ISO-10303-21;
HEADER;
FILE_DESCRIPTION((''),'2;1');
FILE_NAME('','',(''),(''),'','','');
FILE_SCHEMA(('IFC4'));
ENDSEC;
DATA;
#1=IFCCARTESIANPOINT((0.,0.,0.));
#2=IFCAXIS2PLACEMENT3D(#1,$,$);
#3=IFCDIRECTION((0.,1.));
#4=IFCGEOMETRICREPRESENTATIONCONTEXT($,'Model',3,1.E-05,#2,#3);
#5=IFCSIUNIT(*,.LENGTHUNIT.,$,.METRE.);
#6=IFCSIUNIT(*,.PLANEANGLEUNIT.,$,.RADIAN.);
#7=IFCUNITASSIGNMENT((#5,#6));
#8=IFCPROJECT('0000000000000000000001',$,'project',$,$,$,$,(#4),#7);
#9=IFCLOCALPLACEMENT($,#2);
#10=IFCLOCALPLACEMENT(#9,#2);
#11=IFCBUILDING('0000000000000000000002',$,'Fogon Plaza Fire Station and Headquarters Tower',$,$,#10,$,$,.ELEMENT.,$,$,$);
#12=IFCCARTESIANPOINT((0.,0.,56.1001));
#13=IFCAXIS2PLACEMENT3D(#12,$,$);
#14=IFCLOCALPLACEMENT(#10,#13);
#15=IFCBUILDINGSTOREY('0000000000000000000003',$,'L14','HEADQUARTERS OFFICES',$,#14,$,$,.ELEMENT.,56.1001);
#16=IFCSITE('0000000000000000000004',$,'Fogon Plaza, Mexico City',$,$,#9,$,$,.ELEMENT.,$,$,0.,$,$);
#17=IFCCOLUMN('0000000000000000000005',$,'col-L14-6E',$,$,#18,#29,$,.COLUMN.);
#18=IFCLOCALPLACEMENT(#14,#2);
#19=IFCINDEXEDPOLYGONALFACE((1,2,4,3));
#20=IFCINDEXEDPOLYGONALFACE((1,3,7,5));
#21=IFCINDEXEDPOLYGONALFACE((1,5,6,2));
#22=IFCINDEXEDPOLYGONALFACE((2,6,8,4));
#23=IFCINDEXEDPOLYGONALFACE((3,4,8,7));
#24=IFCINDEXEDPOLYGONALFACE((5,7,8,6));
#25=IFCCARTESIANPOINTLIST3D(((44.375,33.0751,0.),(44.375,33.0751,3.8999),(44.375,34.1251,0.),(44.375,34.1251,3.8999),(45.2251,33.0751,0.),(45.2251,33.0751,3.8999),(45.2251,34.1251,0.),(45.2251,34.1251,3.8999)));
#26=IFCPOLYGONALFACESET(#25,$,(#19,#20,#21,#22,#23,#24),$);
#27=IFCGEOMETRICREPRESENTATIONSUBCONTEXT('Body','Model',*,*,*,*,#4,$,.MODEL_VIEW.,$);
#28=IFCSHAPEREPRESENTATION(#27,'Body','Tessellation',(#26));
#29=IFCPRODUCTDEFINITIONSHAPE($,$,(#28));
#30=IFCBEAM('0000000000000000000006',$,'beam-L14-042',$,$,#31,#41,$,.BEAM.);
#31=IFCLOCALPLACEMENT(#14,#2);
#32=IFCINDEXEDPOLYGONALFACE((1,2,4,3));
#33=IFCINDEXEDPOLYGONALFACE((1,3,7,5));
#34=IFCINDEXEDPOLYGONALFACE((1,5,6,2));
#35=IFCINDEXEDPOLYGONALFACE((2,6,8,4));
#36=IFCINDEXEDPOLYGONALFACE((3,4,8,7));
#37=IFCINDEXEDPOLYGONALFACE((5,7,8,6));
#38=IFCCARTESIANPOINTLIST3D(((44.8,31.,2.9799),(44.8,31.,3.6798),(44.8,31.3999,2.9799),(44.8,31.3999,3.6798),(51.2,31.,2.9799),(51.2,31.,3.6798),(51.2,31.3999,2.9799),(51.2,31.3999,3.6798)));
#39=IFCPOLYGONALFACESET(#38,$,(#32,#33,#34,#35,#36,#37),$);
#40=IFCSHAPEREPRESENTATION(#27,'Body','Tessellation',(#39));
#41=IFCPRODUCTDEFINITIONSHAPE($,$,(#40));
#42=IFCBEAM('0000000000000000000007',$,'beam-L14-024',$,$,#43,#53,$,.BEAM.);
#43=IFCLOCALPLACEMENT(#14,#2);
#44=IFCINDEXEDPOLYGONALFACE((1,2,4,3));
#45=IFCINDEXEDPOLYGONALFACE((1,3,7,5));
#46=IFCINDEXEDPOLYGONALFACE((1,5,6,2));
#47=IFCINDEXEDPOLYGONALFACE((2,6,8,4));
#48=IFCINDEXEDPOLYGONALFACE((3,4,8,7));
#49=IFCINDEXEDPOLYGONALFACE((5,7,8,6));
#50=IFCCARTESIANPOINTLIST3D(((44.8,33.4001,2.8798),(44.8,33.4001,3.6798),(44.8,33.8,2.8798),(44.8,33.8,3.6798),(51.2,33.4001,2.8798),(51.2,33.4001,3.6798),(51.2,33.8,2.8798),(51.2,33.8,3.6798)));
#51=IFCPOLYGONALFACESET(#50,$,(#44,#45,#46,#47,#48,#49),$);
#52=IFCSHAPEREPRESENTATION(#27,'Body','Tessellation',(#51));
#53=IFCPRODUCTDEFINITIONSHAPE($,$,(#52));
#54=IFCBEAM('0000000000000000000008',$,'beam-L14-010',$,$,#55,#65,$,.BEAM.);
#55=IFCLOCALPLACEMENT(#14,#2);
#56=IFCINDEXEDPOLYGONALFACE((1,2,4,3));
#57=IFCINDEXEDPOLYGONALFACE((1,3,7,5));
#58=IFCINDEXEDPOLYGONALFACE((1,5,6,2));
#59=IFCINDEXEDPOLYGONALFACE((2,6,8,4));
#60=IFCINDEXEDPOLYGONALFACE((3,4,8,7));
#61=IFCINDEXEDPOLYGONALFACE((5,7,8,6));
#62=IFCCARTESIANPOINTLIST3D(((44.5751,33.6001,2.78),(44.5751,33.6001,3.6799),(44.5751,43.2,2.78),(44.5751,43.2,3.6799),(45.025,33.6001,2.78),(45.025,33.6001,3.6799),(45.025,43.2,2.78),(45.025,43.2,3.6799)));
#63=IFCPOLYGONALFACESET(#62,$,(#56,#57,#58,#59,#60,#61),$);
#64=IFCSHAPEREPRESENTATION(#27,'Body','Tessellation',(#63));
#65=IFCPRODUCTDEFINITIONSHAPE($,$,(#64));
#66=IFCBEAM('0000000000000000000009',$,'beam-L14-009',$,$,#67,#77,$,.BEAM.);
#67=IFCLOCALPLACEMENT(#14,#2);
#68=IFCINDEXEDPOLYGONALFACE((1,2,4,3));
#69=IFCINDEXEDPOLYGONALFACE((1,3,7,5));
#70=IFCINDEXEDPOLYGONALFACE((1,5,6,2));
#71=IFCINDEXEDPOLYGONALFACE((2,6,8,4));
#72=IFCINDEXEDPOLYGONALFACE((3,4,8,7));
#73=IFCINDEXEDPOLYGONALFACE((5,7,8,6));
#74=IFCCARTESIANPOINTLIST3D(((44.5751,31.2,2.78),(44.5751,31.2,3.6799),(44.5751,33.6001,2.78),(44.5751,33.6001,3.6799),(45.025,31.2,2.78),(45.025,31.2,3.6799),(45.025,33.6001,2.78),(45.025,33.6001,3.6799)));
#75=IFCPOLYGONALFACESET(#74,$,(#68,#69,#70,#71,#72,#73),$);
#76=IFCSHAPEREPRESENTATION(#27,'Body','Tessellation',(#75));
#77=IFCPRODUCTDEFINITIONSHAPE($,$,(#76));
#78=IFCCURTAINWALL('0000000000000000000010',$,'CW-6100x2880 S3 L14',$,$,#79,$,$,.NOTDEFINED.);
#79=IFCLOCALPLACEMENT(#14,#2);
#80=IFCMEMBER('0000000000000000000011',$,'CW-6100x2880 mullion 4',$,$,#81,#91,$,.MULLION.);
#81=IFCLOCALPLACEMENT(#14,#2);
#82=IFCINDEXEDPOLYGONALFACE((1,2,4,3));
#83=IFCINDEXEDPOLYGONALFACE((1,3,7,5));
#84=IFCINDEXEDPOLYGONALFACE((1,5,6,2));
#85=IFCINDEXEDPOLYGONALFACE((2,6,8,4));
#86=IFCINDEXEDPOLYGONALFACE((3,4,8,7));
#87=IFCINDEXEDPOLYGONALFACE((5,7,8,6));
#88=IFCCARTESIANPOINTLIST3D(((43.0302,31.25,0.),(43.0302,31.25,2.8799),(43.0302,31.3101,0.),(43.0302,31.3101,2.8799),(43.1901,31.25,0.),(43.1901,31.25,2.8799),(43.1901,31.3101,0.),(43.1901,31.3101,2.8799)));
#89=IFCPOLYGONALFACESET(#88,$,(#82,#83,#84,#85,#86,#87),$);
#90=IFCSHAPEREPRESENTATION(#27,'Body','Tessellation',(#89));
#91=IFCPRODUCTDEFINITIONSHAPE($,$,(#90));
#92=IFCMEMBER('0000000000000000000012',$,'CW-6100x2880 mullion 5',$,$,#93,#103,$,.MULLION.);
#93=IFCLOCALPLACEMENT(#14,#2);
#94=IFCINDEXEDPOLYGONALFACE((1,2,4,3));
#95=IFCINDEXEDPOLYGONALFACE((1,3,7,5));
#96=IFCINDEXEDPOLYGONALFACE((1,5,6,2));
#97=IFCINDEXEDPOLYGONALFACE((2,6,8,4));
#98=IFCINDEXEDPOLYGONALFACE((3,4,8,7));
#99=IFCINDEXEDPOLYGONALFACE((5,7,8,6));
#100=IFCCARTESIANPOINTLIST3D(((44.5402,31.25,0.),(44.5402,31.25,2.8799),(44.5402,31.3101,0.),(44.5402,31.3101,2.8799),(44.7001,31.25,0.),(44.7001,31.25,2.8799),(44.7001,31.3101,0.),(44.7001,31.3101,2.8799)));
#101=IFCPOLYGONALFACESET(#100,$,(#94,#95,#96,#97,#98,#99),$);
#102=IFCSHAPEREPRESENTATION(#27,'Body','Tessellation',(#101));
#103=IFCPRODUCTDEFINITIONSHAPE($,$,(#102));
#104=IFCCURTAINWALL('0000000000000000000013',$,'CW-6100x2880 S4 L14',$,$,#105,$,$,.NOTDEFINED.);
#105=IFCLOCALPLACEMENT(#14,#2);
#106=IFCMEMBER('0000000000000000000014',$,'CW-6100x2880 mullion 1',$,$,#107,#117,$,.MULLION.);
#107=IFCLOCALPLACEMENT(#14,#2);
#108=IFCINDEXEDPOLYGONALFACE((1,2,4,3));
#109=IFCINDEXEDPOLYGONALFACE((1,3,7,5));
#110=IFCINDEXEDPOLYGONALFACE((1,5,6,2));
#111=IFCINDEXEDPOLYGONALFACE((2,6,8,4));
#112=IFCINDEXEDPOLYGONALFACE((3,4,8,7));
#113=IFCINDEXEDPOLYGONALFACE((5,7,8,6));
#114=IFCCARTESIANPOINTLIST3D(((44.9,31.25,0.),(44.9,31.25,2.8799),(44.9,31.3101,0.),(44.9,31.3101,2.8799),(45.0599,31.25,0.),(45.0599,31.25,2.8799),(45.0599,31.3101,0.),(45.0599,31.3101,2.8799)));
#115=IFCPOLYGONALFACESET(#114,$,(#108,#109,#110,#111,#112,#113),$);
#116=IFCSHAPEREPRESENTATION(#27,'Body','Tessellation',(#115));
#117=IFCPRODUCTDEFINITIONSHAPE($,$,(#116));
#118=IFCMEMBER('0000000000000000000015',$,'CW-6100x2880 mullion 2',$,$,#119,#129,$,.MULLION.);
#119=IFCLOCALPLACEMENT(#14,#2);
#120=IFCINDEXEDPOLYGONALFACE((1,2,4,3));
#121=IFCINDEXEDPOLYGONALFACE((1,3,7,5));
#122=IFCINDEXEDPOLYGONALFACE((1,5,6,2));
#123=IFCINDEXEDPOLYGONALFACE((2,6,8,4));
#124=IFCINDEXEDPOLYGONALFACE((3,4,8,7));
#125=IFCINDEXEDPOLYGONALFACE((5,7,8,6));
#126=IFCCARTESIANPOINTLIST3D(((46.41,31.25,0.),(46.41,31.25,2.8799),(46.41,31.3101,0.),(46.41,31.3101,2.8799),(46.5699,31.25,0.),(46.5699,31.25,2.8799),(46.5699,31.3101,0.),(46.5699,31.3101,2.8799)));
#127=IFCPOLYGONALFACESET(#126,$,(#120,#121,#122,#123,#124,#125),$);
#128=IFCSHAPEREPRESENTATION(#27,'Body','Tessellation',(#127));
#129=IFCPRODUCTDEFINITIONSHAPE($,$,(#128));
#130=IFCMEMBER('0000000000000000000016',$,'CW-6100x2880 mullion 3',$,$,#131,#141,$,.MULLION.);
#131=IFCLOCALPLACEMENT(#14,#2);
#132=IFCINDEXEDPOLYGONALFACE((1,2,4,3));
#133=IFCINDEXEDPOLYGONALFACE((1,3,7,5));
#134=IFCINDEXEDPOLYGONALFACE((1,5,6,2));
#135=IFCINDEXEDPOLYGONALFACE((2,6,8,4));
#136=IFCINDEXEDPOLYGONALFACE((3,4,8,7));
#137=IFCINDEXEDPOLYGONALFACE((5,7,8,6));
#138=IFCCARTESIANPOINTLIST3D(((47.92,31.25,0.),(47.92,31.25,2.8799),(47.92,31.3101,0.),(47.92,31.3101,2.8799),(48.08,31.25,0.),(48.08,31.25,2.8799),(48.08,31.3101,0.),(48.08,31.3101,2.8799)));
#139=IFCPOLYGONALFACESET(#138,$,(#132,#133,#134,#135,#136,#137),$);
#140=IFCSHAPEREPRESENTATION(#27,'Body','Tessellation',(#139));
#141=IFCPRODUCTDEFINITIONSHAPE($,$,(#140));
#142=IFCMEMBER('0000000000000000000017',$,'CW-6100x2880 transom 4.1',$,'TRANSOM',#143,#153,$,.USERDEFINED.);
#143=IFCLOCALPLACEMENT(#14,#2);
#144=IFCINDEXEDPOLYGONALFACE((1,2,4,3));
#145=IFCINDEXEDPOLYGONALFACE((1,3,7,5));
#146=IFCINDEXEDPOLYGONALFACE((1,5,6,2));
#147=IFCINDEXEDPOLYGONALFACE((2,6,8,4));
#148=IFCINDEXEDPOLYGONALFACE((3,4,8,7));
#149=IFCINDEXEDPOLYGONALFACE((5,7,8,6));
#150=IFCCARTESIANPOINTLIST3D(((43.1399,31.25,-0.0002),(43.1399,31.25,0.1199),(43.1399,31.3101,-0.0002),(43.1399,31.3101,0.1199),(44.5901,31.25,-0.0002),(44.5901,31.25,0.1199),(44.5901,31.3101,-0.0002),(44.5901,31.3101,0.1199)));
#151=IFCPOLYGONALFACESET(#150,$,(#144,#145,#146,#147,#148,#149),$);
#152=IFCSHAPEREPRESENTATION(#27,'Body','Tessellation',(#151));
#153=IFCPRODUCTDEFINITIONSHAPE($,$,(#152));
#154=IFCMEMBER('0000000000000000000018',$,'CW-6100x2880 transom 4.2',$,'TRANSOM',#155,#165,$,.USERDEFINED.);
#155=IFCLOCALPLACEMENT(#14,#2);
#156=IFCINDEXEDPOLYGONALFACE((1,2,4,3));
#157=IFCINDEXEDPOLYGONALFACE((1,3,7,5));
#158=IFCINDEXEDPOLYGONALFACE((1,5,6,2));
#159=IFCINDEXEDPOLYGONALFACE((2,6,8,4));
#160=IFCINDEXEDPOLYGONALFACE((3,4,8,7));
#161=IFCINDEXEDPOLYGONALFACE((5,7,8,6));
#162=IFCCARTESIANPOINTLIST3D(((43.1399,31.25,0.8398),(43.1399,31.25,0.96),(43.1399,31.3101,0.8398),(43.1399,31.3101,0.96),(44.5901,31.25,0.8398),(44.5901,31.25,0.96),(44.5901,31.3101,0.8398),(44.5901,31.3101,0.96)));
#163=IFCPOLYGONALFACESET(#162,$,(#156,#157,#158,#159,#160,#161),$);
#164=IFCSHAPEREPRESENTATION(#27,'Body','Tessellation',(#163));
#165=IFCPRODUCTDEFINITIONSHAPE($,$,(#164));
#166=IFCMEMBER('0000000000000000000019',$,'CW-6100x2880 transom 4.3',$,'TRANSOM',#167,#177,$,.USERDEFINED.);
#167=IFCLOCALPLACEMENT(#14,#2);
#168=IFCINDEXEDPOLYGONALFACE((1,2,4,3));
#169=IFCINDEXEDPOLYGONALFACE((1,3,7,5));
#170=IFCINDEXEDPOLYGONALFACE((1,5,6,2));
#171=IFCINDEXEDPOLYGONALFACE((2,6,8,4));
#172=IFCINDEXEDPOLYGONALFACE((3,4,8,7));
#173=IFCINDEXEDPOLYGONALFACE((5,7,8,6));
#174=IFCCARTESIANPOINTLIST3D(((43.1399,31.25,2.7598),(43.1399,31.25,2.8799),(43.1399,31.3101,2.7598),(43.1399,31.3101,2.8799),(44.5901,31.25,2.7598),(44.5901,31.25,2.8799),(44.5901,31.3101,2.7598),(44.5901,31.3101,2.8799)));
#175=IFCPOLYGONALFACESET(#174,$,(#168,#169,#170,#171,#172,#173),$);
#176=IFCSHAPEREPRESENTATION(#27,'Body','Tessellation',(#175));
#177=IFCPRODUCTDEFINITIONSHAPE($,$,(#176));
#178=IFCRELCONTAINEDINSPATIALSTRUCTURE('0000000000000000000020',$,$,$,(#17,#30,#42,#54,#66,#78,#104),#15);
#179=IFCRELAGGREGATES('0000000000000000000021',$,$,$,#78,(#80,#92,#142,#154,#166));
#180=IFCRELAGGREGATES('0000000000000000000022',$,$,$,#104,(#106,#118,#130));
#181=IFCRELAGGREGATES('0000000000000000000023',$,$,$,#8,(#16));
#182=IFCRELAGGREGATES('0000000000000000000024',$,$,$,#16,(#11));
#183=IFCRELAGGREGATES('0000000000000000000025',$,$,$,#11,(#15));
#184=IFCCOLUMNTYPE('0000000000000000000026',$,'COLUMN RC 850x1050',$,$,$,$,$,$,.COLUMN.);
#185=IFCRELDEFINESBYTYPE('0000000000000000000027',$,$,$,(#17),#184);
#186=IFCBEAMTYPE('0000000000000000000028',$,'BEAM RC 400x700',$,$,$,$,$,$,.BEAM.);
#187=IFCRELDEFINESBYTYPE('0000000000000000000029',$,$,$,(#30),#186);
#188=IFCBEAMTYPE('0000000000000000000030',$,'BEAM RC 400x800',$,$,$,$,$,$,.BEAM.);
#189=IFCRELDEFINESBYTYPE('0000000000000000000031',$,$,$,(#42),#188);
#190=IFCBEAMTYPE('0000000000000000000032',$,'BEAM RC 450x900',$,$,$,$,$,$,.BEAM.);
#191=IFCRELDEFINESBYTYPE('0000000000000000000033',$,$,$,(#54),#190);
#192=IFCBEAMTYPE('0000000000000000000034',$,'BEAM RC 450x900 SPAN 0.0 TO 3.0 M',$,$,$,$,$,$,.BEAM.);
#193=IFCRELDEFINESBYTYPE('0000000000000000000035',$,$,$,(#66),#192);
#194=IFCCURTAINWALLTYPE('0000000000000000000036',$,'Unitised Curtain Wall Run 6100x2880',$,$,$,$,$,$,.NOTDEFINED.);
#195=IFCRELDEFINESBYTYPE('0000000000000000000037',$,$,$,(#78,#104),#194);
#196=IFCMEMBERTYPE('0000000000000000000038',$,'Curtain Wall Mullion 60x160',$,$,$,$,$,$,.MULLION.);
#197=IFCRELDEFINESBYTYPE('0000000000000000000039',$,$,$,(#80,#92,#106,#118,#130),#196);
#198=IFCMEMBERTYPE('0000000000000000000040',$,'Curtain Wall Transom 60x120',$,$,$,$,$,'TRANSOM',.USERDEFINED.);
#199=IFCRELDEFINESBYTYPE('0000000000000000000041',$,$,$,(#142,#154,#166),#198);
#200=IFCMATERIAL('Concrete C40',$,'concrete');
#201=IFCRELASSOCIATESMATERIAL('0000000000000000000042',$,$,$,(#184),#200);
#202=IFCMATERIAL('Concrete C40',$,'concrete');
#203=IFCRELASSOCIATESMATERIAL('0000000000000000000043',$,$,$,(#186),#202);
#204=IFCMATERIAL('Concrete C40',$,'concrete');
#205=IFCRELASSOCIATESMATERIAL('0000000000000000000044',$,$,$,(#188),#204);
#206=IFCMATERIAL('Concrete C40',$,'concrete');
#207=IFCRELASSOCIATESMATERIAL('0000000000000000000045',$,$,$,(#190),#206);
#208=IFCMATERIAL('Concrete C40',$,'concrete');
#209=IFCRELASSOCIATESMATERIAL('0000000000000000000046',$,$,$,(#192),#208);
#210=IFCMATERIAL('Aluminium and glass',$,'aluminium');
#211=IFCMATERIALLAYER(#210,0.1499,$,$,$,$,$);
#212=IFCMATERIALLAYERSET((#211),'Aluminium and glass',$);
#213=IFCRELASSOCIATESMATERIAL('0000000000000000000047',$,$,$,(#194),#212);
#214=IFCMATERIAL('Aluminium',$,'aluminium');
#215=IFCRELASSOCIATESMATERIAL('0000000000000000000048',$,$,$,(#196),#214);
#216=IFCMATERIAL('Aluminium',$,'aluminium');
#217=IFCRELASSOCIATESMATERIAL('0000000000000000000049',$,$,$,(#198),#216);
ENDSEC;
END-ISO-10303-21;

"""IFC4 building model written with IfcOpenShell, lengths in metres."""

from ifc_helpers import new_model, si_unit, direction, frame, origin, origin_2d, place, context, subcontext, project, spatial, rectangle, extrude, material, layer, layer_set, material_profile, profile_set, type_object, element, aggregate, save


model = new_model("IFC4")

# Units and contexts
model_context = context("Model", 3, precision=1e-05, world=origin(), true_north=direction((0.0, 1.0)))
body_context = subcontext(model_context, "Body", "Model", "MODEL_VIEW")
ifc_project = project(units=[si_unit("LENGTHUNIT", "METRE"), si_unit("PLANEANGLEUNIT", "RADIAN")], contexts=[model_context])

# Site, building, storey
site_placement = place(None, origin())
site = spatial("IfcSite", under=ifc_project, at=site_placement, Name="Fogon Plaza, Mexico City", CompositionType="ELEMENT", RefElevation=0.0)
building_placement = place(site_placement, origin())
building = spatial("IfcBuilding", under=site, at=building_placement, Name="Fogon Plaza Fire Station and Headquarters Tower", CompositionType="ELEMENT")
storey_placement = place(building_placement, frame((0.0, 0.0, 56.1001)))
storey = spatial("IfcBuildingStorey", under=building, at=storey_placement, Name="L14", Description="HEADQUARTERS OFFICES", CompositionType="ELEMENT", Elevation=56.1001)

# Column
ifc_material_1 = material(Name="Concrete C40", Category="concrete")
ifc_material_profile_1 = material_profile(ifc_material_1, rectangle(XDim=0.8501, YDim=1.05, at=origin_2d()), Name="RC 850x1050")
ifc_profile_set_1 = profile_set([ifc_material_profile_1], Name="Concrete C40")
column_type = type_object("IfcColumnType", Name="COLUMN RC 850x1050", PredefinedType="COLUMN", material=ifc_profile_set_1)
column_placement = place(storey_placement, frame((44.8, 33.6001, 0.0), z_axis=(0.0, 0.0, 1.0), x_axis=(1.0, 0.0, 0.0)))
element("IfcColumn", 1, at=column_placement, inside=storey, type_object=column_type, Name="col-L14-6E", PredefinedType="COLUMN", context=body_context, shape_type="SweptSolid", body=[
    extrude(rectangle(XDim=0.8501, YDim=1.05, at=origin_2d()), origin(), (0.0, 0.0, 1.0), 3.8999),
])

# Beams
ifc_material_2 = material(Name="Concrete C40", Category="concrete")
ifc_material_profile_2 = material_profile(ifc_material_2, rectangle(XDim=0.3999, YDim=0.7, at=origin_2d()), Name="RC 400x700")
ifc_profile_set_2 = profile_set([ifc_material_profile_2], Name="Concrete C40")
beam_type_1 = type_object("IfcBeamType", Name="BEAM RC 400x700", PredefinedType="BEAM", material=ifc_profile_set_2)
beam_1_placement = place(storey_placement, frame((44.8, 31.2, 3.3298), z_axis=(1.0, 0.0, 0.0), x_axis=(0.0, 1.0, 0.0)))
element("IfcBeam", 2, at=beam_1_placement, inside=storey, type_object=beam_type_1, Name="beam-L14-042", PredefinedType="BEAM", context=body_context, shape_type="SweptSolid", body=[
    extrude(rectangle(XDim=0.3999, YDim=0.7, at=origin_2d()), origin(), (0.0, 0.0, 1.0), 6.3999),
])
ifc_material_3 = material(Name="Concrete C40", Category="concrete")
ifc_material_profile_3 = material_profile(ifc_material_3, rectangle(XDim=0.3999, YDim=0.8, at=origin_2d()), Name="RC 400x800")
ifc_profile_set_3 = profile_set([ifc_material_profile_3], Name="Concrete C40")
beam_type_2 = type_object("IfcBeamType", Name="BEAM RC 400x800", PredefinedType="BEAM", material=ifc_profile_set_3)
beam_2_placement = place(storey_placement, frame((44.8, 33.6001, 3.2798), z_axis=(1.0, 0.0, 0.0), x_axis=(0.0, 1.0, 0.0)))
element("IfcBeam", 3, at=beam_2_placement, inside=storey, type_object=beam_type_2, Name="beam-L14-024", PredefinedType="BEAM", context=body_context, shape_type="SweptSolid", body=[
    extrude(rectangle(XDim=0.3999, YDim=0.8, at=origin_2d()), origin(), (0.0, 0.0, 1.0), 6.3999),
])
ifc_material_4 = material(Name="Concrete C40", Category="concrete")
ifc_material_profile_4 = material_profile(ifc_material_4, rectangle(XDim=0.45, YDim=0.8999, at=origin_2d()), Name="RC 450x900")
ifc_profile_set_4 = profile_set([ifc_material_profile_4], Name="Concrete C40")
beam_type_3 = type_object("IfcBeamType", Name="BEAM RC 450x900", PredefinedType="BEAM", material=ifc_profile_set_4)
beam_3_placement = place(storey_placement, frame((44.8, 33.6001, 3.23), z_axis=(0.0, 1.0, 0.0), x_axis=(-1.0, 0.0, 0.0)))
element("IfcBeam", 4, at=beam_3_placement, inside=storey, type_object=beam_type_3, Name="beam-L14-010", PredefinedType="BEAM", context=body_context, shape_type="SweptSolid", body=[
    extrude(rectangle(XDim=0.45, YDim=0.8999, at=origin_2d()), origin(), (0.0, 0.0, 1.0), 9.5999),
])
ifc_material_5 = material(Name="Concrete C40", Category="concrete")
ifc_material_profile_5 = material_profile(ifc_material_5, rectangle(XDim=0.45, YDim=0.8999, at=origin_2d()), Name="RC 450x900")
ifc_profile_set_5 = profile_set([ifc_material_profile_5], Name="Concrete C40")
beam_type_4 = type_object("IfcBeamType", Name="BEAM RC 450x900 SPAN 0.0 TO 3.0 M", PredefinedType="BEAM", material=ifc_profile_set_5)
beam_4_placement = place(storey_placement, frame((44.8, 31.2, 3.23), z_axis=(0.0, 1.0, 0.0), x_axis=(-1.0, 0.0, 0.0)))
element("IfcBeam", 5, at=beam_4_placement, inside=storey, type_object=beam_type_4, Name="beam-L14-009", PredefinedType="BEAM", context=body_context, shape_type="SweptSolid", body=[
    extrude(rectangle(XDim=0.45, YDim=0.8999, at=origin_2d()), origin(), (0.0, 0.0, 1.0), 2.4001),
])

# Curtain walls, members
ifc_material_6 = material(Name="Aluminium and glass", Category="aluminium")
ifc_layer_1 = layer(ifc_material_6, 0.1499)
ifc_layer_set_1 = layer_set([ifc_layer_1], Name="Aluminium and glass")
curtain_wall_type = type_object("IfcCurtainWallType", Name="Unitised Curtain Wall Run 6100x2880", PredefinedType="NOTDEFINED", material=ifc_layer_set_1)
curtain_wall_1_placement = place(storey_placement, origin())
curtain_wall_1 = element("IfcCurtainWall", 6, at=curtain_wall_1_placement, inside=storey, type_object=curtain_wall_type, Name="CW-6100x2880 S3 L14", PredefinedType="NOTDEFINED")
ifc_material_7 = material(Name="Aluminium", Category="aluminium")
ifc_material_profile_6 = material_profile(ifc_material_7, rectangle(XDim=0.0601, YDim=0.1599, at=origin_2d()), Name="Curtain Wall Mullion 60x160")
ifc_profile_set_6 = profile_set([ifc_material_profile_6], Name="Aluminium")
member_type_1 = type_object("IfcMemberType", Name="Curtain Wall Mullion 60x160", PredefinedType="MULLION", material=ifc_profile_set_6)
member_1_placement = place(storey_placement, frame((43.1101, 31.28, 0.0), z_axis=(0.0, 0.0, 1.0), x_axis=(0.0, 1.0, 0.0)))
member_1 = element("IfcMember", 7, at=member_1_placement, type_object=member_type_1, Name="CW-6100x2880 mullion 4", PredefinedType="MULLION", context=body_context, shape_type="SweptSolid", body=[
    extrude(rectangle(XDim=0.0601, YDim=0.1599, at=origin_2d()), origin(), (0.0, 0.0, 1.0), 2.8799),
])
member_2_placement = place(storey_placement, frame((44.6201, 31.28, 0.0), z_axis=(0.0, 0.0, 1.0), x_axis=(0.0, 1.0, 0.0)))
member_2 = element("IfcMember", 8, at=member_2_placement, type_object=member_type_1, Name="CW-6100x2880 mullion 5", PredefinedType="MULLION", context=body_context, shape_type="SweptSolid", body=[
    extrude(rectangle(XDim=0.0601, YDim=0.1599, at=origin_2d()), origin(), (0.0, 0.0, 1.0), 2.8799),
])
curtain_wall_2_placement = place(storey_placement, origin())
curtain_wall_2 = element("IfcCurtainWall", 9, at=curtain_wall_2_placement, inside=storey, type_object=curtain_wall_type, Name="CW-6100x2880 S4 L14", PredefinedType="NOTDEFINED")
member_3_placement = place(storey_placement, frame((44.98, 31.28, 0.0), z_axis=(0.0, 0.0, 1.0), x_axis=(0.0, 1.0, 0.0)))
member_3 = element("IfcMember", 10, at=member_3_placement, type_object=member_type_1, Name="CW-6100x2880 mullion 1", PredefinedType="MULLION", context=body_context, shape_type="SweptSolid", body=[
    extrude(rectangle(XDim=0.0601, YDim=0.1599, at=origin_2d()), origin(), (0.0, 0.0, 1.0), 2.8799),
])
member_4_placement = place(storey_placement, frame((46.49, 31.28, 0.0), z_axis=(0.0, 0.0, 1.0), x_axis=(0.0, 1.0, 0.0)))
member_4 = element("IfcMember", 11, at=member_4_placement, type_object=member_type_1, Name="CW-6100x2880 mullion 2", PredefinedType="MULLION", context=body_context, shape_type="SweptSolid", body=[
    extrude(rectangle(XDim=0.0601, YDim=0.1599, at=origin_2d()), origin(), (0.0, 0.0, 1.0), 2.8799),
])
member_5_placement = place(storey_placement, frame((48.0, 31.28, 0.0), z_axis=(0.0, 0.0, 1.0), x_axis=(0.0, 1.0, 0.0)))
member_5 = element("IfcMember", 12, at=member_5_placement, type_object=member_type_1, Name="CW-6100x2880 mullion 3", PredefinedType="MULLION", context=body_context, shape_type="SweptSolid", body=[
    extrude(rectangle(XDim=0.0601, YDim=0.1599, at=origin_2d()), origin(), (0.0, 0.0, 1.0), 2.8799),
])

# Members
ifc_material_8 = material(Name="Aluminium", Category="aluminium")
ifc_material_profile_7 = material_profile(ifc_material_8, rectangle(XDim=0.0601, YDim=0.1201, at=origin_2d()), Name="Curtain Wall Transom 60x120")
ifc_profile_set_7 = profile_set([ifc_material_profile_7], Name="Aluminium")
member_type_2 = type_object("IfcMemberType", Name="Curtain Wall Transom 60x120", ElementType="TRANSOM", PredefinedType="USERDEFINED", material=ifc_profile_set_7)
member_6_placement = place(storey_placement, frame((43.1399, 31.28, 0.0598), z_axis=(1.0, 0.0, 0.0), x_axis=(0.0, 1.0, 0.0)))
member_6 = element("IfcMember", 13, at=member_6_placement, type_object=member_type_2, Name="CW-6100x2880 transom 4.1", ObjectType="TRANSOM", PredefinedType="USERDEFINED", context=body_context, shape_type="SweptSolid", body=[
    extrude(rectangle(XDim=0.0601, YDim=0.1201, at=origin_2d()), origin(), (0.0, 0.0, 1.0), 1.4502),
])
member_7_placement = place(storey_placement, frame((43.1399, 31.28, 0.8999), z_axis=(1.0, 0.0, 0.0), x_axis=(0.0, 1.0, 0.0)))
member_7 = element("IfcMember", 14, at=member_7_placement, type_object=member_type_2, Name="CW-6100x2880 transom 4.2", ObjectType="TRANSOM", PredefinedType="USERDEFINED", context=body_context, shape_type="SweptSolid", body=[
    extrude(rectangle(XDim=0.0601, YDim=0.1201, at=origin_2d()), origin(), (0.0, 0.0, 1.0), 1.4502),
])
member_8_placement = place(storey_placement, frame((43.1399, 31.28, 2.8198), z_axis=(1.0, 0.0, 0.0), x_axis=(0.0, 1.0, 0.0)))
member_8 = element("IfcMember", 15, at=member_8_placement, type_object=member_type_2, Name="CW-6100x2880 transom 4.3", ObjectType="TRANSOM", PredefinedType="USERDEFINED", context=body_context, shape_type="SweptSolid", body=[
    extrude(rectangle(XDim=0.0601, YDim=0.1201, at=origin_2d()), origin(), (0.0, 0.0, 1.0), 1.4502),
])

aggregate(curtain_wall_1, [member_1, member_2, member_6, member_7, member_8])
aggregate(curtain_wall_2, [member_3, member_4, member_5])

save(model, "model.ifc")
